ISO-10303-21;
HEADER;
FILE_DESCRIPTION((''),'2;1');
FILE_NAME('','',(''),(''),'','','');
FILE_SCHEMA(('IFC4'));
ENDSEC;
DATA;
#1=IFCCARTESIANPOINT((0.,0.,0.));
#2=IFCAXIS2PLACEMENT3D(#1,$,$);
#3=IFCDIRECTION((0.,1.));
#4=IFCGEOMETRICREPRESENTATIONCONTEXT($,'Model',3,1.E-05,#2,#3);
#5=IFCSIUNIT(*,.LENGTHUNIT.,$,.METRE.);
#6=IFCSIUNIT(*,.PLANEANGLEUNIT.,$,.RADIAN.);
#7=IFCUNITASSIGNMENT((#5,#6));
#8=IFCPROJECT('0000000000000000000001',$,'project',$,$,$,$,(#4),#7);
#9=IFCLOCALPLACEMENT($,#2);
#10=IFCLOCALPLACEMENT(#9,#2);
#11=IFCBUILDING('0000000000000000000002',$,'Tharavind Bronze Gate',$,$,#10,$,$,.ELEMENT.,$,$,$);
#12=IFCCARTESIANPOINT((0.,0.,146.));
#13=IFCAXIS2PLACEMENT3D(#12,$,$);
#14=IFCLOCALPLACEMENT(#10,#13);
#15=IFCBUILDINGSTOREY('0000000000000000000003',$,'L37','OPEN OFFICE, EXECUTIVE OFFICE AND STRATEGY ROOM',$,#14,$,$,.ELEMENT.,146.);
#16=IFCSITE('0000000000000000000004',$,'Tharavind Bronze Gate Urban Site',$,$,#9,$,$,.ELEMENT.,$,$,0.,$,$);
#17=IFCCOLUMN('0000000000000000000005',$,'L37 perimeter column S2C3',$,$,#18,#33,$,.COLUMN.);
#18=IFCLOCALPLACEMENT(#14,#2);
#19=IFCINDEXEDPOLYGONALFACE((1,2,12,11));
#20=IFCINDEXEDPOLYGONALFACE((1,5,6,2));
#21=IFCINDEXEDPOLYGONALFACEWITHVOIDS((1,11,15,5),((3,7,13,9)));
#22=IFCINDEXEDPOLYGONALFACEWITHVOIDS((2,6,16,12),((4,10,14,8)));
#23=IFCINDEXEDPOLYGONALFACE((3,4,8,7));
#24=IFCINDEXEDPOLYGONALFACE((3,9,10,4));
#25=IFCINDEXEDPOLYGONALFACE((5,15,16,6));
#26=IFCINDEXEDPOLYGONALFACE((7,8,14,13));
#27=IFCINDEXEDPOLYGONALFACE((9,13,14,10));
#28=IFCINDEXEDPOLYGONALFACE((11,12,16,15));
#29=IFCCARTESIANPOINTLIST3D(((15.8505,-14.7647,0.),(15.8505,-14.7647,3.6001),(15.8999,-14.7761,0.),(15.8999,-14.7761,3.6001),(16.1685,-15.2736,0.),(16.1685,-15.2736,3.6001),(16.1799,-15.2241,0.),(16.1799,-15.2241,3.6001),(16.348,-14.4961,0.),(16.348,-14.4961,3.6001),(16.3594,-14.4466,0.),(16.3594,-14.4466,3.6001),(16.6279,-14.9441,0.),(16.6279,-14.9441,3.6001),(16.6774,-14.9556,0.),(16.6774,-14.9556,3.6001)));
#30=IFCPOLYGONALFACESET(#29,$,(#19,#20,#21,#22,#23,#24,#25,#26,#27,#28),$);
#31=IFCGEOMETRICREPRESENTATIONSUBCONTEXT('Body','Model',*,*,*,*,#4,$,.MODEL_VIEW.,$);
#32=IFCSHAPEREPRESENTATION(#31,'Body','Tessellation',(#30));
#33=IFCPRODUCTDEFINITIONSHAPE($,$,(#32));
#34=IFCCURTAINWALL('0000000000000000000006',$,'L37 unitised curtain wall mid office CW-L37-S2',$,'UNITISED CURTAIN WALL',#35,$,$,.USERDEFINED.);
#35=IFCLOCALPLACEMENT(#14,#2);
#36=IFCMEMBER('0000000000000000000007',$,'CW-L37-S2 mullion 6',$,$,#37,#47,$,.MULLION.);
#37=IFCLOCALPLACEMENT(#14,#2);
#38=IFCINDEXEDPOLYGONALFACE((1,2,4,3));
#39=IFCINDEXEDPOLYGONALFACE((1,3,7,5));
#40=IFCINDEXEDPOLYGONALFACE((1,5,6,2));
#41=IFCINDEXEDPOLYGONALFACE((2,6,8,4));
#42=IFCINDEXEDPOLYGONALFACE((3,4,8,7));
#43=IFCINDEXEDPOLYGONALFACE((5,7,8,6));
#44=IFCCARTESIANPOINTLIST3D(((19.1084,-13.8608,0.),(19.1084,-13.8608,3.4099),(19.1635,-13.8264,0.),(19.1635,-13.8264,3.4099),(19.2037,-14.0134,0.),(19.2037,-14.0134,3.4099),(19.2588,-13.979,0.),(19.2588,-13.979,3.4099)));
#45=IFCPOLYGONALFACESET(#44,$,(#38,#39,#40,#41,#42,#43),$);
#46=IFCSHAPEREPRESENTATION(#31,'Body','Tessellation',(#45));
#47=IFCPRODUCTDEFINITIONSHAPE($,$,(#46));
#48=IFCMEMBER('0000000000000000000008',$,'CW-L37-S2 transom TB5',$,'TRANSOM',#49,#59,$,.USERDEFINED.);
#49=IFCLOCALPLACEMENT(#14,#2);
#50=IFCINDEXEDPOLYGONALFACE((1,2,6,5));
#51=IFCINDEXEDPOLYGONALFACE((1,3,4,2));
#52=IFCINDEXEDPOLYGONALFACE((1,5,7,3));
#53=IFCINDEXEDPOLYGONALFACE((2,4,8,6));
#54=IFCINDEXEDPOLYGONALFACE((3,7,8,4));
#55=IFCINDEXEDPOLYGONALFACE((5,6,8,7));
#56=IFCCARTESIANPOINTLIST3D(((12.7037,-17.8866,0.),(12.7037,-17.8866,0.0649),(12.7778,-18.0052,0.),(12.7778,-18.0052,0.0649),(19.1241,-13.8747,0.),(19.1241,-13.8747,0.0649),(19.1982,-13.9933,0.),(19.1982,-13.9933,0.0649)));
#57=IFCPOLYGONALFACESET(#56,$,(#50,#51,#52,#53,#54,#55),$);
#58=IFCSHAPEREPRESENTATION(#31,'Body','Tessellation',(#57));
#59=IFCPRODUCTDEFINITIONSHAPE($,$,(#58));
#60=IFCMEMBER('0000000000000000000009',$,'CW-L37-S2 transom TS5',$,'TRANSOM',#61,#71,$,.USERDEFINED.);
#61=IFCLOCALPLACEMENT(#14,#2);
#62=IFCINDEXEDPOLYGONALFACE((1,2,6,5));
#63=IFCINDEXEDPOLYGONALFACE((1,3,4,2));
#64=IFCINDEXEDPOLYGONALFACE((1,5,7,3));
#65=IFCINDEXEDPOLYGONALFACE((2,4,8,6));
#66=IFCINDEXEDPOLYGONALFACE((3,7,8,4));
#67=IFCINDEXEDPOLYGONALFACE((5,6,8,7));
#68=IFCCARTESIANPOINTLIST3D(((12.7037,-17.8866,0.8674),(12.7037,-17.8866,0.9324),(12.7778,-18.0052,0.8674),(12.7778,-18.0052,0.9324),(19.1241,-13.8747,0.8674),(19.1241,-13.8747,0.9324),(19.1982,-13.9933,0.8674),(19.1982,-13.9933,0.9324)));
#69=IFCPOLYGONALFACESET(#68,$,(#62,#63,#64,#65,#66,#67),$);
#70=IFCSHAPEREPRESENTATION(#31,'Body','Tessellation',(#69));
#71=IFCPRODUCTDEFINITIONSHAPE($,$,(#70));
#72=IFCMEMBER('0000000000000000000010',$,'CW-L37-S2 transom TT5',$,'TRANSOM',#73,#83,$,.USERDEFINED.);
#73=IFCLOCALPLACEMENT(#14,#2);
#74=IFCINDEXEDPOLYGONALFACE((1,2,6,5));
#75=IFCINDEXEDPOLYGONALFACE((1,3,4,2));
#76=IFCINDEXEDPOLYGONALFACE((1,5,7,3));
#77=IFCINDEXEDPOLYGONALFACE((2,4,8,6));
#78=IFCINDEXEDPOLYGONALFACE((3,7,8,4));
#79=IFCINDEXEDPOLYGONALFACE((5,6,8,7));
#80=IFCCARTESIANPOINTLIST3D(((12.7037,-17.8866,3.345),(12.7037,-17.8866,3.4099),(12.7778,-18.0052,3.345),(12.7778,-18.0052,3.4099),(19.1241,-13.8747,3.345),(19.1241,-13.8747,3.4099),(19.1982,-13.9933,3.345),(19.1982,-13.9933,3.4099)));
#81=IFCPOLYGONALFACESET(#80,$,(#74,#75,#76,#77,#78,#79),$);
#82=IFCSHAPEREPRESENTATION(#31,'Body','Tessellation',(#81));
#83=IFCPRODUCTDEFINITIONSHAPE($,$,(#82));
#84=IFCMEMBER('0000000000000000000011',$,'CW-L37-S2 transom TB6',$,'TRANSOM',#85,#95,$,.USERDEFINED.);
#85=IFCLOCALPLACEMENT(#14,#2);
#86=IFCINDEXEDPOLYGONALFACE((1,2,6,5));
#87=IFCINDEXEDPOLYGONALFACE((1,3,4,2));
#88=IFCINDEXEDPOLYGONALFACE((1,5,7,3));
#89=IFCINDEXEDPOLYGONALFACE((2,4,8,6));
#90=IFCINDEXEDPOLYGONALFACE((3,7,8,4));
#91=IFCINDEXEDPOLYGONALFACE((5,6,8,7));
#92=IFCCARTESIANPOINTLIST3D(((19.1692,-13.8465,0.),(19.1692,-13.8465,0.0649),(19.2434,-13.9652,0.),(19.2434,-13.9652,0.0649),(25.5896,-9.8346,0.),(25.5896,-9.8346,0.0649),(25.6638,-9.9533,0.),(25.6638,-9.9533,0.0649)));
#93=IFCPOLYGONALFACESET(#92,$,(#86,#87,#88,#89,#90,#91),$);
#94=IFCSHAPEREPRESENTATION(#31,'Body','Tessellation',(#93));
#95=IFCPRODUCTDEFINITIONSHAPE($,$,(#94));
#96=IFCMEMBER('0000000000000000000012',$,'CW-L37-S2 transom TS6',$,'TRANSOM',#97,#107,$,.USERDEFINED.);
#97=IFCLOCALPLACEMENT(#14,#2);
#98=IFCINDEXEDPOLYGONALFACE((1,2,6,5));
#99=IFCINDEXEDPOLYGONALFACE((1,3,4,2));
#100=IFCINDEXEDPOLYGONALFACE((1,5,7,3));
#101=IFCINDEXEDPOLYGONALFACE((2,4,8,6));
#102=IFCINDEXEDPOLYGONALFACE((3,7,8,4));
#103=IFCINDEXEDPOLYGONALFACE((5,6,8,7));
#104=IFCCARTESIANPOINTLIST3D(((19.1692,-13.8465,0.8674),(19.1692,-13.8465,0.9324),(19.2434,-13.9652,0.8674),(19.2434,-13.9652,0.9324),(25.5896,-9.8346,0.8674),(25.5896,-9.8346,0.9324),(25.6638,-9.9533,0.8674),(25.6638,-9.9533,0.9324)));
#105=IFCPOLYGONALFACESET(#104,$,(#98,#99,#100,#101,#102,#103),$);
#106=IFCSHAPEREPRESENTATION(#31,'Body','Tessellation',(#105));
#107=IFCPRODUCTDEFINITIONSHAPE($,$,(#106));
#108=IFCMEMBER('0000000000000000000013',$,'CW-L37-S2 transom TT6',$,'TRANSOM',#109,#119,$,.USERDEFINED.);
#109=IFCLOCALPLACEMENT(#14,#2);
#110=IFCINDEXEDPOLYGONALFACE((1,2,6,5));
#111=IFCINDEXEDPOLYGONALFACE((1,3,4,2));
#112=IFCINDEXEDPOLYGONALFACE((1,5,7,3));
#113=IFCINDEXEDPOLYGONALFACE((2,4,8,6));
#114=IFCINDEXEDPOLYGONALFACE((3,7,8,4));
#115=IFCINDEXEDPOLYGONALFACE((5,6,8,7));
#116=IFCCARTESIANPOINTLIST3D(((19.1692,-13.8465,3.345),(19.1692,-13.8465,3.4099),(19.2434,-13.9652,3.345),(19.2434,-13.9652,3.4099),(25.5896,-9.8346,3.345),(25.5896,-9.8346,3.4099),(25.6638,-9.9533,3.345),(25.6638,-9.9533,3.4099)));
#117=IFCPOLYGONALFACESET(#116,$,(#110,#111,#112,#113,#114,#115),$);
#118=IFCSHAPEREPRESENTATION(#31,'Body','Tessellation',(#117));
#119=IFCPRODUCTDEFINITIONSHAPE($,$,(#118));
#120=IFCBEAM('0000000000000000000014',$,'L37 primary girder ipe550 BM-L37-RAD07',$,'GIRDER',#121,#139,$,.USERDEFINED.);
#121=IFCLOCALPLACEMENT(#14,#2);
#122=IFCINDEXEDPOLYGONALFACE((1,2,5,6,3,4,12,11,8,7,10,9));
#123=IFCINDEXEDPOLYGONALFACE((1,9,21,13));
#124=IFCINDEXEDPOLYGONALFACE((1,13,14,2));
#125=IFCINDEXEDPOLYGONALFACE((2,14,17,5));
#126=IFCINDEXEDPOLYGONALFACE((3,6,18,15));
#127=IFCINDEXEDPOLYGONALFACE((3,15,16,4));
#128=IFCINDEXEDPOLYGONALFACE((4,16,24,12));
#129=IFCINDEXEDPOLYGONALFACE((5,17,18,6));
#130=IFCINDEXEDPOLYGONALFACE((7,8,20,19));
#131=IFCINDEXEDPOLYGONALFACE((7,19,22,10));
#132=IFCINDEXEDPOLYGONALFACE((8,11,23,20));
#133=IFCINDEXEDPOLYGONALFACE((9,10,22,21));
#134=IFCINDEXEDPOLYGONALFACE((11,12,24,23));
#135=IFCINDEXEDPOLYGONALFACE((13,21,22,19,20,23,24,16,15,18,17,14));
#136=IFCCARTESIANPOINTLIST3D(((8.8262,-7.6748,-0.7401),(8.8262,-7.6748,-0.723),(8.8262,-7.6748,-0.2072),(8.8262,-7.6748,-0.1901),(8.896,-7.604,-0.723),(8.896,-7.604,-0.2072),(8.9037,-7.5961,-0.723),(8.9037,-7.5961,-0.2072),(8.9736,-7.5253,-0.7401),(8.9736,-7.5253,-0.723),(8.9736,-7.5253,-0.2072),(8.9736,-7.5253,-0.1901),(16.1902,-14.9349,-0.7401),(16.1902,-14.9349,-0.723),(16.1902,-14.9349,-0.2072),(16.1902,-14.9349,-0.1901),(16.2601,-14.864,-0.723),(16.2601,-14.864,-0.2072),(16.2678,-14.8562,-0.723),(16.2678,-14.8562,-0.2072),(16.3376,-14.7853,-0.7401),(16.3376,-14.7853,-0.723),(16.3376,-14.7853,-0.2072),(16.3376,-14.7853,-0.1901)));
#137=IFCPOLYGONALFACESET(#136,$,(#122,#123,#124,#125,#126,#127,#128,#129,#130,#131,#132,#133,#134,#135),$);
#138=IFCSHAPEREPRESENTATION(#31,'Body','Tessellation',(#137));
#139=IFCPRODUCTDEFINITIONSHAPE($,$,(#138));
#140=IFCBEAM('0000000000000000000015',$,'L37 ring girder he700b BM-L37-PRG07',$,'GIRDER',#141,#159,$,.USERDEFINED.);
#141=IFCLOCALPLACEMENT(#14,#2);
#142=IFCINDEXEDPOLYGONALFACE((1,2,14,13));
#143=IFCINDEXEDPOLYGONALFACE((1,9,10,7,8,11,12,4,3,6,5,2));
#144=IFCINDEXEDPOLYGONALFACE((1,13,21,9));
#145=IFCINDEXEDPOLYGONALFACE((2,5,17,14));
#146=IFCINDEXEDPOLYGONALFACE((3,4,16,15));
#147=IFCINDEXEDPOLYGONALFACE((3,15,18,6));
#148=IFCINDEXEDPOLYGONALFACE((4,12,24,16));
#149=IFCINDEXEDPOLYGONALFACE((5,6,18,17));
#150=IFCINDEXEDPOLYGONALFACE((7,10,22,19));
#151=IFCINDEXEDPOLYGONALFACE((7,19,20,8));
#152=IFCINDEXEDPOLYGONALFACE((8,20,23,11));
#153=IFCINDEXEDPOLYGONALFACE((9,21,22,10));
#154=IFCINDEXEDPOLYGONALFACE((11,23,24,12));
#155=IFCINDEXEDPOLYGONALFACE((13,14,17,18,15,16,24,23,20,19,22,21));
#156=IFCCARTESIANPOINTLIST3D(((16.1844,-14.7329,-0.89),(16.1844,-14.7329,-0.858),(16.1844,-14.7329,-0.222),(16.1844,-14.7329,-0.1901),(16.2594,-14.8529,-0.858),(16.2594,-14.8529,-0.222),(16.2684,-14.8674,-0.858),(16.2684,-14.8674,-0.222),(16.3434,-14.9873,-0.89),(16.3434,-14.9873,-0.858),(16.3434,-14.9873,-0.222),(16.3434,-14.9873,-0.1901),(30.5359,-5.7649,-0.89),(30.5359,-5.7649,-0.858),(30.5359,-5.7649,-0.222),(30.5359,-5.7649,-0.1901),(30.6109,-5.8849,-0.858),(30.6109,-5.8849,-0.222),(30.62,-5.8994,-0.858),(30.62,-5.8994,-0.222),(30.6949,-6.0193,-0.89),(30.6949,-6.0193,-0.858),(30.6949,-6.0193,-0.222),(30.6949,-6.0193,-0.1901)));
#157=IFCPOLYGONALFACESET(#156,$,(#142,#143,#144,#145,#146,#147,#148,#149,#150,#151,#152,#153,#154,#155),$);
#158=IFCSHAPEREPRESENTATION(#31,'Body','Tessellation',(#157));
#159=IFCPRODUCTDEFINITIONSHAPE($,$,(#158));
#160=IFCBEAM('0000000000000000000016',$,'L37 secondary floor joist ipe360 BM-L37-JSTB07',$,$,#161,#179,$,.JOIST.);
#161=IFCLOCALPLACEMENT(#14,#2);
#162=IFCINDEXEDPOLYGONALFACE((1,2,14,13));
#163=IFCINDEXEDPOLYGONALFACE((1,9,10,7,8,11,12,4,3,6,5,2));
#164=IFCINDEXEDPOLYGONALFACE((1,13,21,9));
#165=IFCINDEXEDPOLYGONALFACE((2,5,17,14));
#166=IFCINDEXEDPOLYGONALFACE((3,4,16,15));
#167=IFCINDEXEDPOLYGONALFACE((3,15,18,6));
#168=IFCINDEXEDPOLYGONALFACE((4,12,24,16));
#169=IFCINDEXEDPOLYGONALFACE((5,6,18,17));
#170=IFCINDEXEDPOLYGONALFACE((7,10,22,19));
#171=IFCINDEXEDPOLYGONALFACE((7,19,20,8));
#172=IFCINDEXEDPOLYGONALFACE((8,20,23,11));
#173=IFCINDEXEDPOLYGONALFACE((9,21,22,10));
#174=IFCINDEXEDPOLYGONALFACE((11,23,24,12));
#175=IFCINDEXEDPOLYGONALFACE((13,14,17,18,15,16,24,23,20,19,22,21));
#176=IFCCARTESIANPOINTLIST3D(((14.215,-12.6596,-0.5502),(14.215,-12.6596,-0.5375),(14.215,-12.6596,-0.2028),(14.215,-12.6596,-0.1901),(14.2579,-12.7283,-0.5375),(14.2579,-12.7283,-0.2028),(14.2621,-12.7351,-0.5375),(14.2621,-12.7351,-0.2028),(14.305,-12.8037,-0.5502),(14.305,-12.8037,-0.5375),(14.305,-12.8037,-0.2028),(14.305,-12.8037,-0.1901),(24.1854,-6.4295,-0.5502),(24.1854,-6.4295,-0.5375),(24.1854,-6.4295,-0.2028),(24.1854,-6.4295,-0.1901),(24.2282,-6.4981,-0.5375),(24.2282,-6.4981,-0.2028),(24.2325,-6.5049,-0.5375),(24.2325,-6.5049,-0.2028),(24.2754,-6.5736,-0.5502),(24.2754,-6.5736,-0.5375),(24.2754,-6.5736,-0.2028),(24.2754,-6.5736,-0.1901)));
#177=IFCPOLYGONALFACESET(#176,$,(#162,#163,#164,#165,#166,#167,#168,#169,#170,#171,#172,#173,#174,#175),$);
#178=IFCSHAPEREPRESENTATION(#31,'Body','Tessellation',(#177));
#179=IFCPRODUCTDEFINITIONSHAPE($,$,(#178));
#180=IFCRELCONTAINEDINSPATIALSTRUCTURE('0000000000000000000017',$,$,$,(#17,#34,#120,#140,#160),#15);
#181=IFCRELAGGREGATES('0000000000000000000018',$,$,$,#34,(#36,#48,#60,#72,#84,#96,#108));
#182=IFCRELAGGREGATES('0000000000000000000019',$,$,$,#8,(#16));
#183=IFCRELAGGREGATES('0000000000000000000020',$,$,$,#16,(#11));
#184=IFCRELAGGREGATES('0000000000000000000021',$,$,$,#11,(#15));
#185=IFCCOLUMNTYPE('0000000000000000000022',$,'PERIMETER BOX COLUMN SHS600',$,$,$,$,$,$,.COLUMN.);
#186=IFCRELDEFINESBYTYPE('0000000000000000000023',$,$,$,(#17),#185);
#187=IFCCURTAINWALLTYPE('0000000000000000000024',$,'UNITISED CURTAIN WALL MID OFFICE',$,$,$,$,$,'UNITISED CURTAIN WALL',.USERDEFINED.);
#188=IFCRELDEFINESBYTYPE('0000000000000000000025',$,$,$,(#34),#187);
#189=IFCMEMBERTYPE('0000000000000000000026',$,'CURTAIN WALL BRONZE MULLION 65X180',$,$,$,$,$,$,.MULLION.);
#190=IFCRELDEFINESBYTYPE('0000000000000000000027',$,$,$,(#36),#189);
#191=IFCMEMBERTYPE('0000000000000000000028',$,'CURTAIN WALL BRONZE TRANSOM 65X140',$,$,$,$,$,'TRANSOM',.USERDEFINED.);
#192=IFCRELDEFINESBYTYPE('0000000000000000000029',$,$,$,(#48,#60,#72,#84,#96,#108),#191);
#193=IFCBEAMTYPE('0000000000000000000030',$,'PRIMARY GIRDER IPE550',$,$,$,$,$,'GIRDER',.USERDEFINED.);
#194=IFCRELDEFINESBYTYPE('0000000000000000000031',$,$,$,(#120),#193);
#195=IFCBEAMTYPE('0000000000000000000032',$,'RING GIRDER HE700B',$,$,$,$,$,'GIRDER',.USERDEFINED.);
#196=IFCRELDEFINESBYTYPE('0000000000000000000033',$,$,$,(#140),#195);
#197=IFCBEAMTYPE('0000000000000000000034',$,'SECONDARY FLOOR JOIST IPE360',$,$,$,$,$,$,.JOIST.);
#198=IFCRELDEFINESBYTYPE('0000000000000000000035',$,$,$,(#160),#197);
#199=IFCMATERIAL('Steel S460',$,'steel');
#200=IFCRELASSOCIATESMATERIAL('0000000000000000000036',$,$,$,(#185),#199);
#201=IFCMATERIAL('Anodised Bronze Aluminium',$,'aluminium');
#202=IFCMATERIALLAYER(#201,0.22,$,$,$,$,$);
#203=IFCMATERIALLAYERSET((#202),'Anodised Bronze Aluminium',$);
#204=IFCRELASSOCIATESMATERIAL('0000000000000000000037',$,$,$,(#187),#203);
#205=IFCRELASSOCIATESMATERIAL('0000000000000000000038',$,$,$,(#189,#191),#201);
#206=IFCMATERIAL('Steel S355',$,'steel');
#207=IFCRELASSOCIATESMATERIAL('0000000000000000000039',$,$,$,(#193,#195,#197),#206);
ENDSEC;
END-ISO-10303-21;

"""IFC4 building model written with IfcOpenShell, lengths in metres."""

from ifc_helpers import new_model, si_unit, direction, frame, origin, origin_2d, place, context, subcontext, project, spatial, rectangle, hollow_rectangle, i_section, extrude, material, layer, layer_set, material_profile, profile_set, type_object, element, aggregate, save


model = new_model("IFC4")

# Units and contexts
model_context = context("Model", 3, precision=1e-05, world=origin(), true_north=direction((0.0, 1.0)))
body_context = subcontext(model_context, "Body", "Model", "MODEL_VIEW")
ifc_project = project(units=[si_unit("LENGTHUNIT", "METRE"), si_unit("PLANEANGLEUNIT", "RADIAN")], contexts=[model_context])

# Site, building, storey
site_placement = place(None, origin())
site = spatial("IfcSite", under=ifc_project, at=site_placement, Name="Tharavind Bronze Gate Urban Site", CompositionType="ELEMENT", RefElevation=0.0)
building_placement = place(site_placement, origin())
building = spatial("IfcBuilding", under=site, at=building_placement, Name="Tharavind Bronze Gate", CompositionType="ELEMENT")
storey_placement = place(building_placement, frame((0.0, 0.0, 146.0)))
storey = spatial("IfcBuildingStorey", under=building, at=storey_placement, Name="L37", Description="OPEN OFFICE, EXECUTIVE OFFICE AND STRATEGY ROOM", CompositionType="ELEMENT", Elevation=146.0)

# Column
ifc_material_1 = material(Name="Steel S460", Category="steel")
ifc_material_profile_1 = material_profile(ifc_material_1, hollow_rectangle(XDim=0.6001, YDim=0.6001, WallThickness=0.0359, at=origin_2d()), Name="SHS600X36")
ifc_profile_set_1 = profile_set([ifc_material_profile_1], Name="Steel S460")
column_type = type_object("IfcColumnType", Name="PERIMETER BOX COLUMN SHS600", PredefinedType="COLUMN", material=ifc_profile_set_1)
column_placement = place(storey_placement, frame((16.2639, -14.8601, 0.0), z_axis=(0.0, 0.0, 1.0), x_axis=(0.848047, 0.529921, 0.0)))
element("IfcColumn", 1, at=column_placement, inside=storey, type_object=column_type, Name="L37 perimeter column S2C3", PredefinedType="COLUMN", context=body_context, shape_type="SweptSolid", body=[
    extrude(hollow_rectangle(XDim=0.6001, YDim=0.6001, WallThickness=0.0359, at=origin_2d()), origin(), (0.0, 0.0, 1.0), 3.6001),
])

# Curtain wall, members
ifc_material_2 = material(Name="Anodised Bronze Aluminium", Category="aluminium")
ifc_layer_1 = layer(ifc_material_2, 0.22)
ifc_layer_set_1 = layer_set([ifc_layer_1], Name="Anodised Bronze Aluminium")
curtain_wall_type = type_object("IfcCurtainWallType", Name="UNITISED CURTAIN WALL MID OFFICE", ElementType="UNITISED CURTAIN WALL", PredefinedType="USERDEFINED", material=ifc_layer_set_1)
curtain_wall_placement = place(storey_placement, origin())
curtain_wall = element("IfcCurtainWall", 2, at=curtain_wall_placement, inside=storey, type_object=curtain_wall_type, Name="L37 unitised curtain wall mid office CW-L37-S2", ObjectType="UNITISED CURTAIN WALL", PredefinedType="USERDEFINED")
member_type_1 = type_object("IfcMemberType", Name="CURTAIN WALL BRONZE MULLION 65X180", PredefinedType="MULLION", material=ifc_material_2)
member_1_placement = place(storey_placement, frame((19.1836, -13.9199, 0.0), z_axis=(0.0, 0.0, 1.0), x_axis=(0.848048, 0.529919, 0.0)))
member_1 = element("IfcMember", 3, at=member_1_placement, type_object=member_type_1, Name="CW-L37-S2 mullion 6", PredefinedType="MULLION", context=body_context, shape_type="SweptSolid", body=[
    extrude(rectangle(XDim=0.0649, YDim=0.1799, at=origin_2d()), origin(), (0.0, 0.0, 1.0), 3.4099),
])
member_type_2 = type_object("IfcMemberType", Name="CURTAIN WALL BRONZE TRANSOM 65X140", ElementType="TRANSOM", PredefinedType="USERDEFINED", material=ifc_material_2)
member_2_placement = place(storey_placement, frame((15.9509, -15.9399, 0.0), z_axis=(0.0, 0.0, 1.0), x_axis=(0.848048, 0.529919, 0.0)))
member_2 = element("IfcMember", 4, at=member_2_placement, type_object=member_type_2, Name="CW-L37-S2 transom TB5", ObjectType="TRANSOM", PredefinedType="USERDEFINED", context=body_context, shape_type="SweptSolid", body=[
    extrude(rectangle(XDim=7.5708, YDim=0.1399, at=origin_2d()), origin(), (0.0, 0.0, 1.0), 0.0649),
])
member_3_placement = place(storey_placement, frame((15.9509, -15.9399, 0.8674), z_axis=(0.0, 0.0, 1.0), x_axis=(0.848048, 0.529919, 0.0)))
member_3 = element("IfcMember", 5, at=member_3_placement, type_object=member_type_2, Name="CW-L37-S2 transom TS5", ObjectType="TRANSOM", PredefinedType="USERDEFINED", context=body_context, shape_type="SweptSolid", body=[
    extrude(rectangle(XDim=7.5708, YDim=0.1399, at=origin_2d()), origin(), (0.0, 0.0, 1.0), 0.0649),
])
member_4_placement = place(storey_placement, frame((15.9509, -15.9399, 3.345), z_axis=(0.0, 0.0, 1.0), x_axis=(0.848048, 0.529919, 0.0)))
member_4 = element("IfcMember", 6, at=member_4_placement, type_object=member_type_2, Name="CW-L37-S2 transom TT5", ObjectType="TRANSOM", PredefinedType="USERDEFINED", context=body_context, shape_type="SweptSolid", body=[
    extrude(rectangle(XDim=7.5708, YDim=0.1399, at=origin_2d()), origin(), (0.0, 0.0, 1.0), 0.0649),
])
member_5_placement = place(storey_placement, frame((22.4165, -11.8999, 0.0), z_axis=(0.0, 0.0, 1.0), x_axis=(0.848048, 0.529919, 0.0)))
member_5 = element("IfcMember", 7, at=member_5_placement, type_object=member_type_2, Name="CW-L37-S2 transom TB6", ObjectType="TRANSOM", PredefinedType="USERDEFINED", context=body_context, shape_type="SweptSolid", body=[
    extrude(rectangle(XDim=7.5708, YDim=0.1399, at=origin_2d()), origin(), (0.0, 0.0, 1.0), 0.0649),
])
member_6_placement = place(storey_placement, frame((22.4165, -11.8999, 0.8674), z_axis=(0.0, 0.0, 1.0), x_axis=(0.848048, 0.529919, 0.0)))
member_6 = element("IfcMember", 8, at=member_6_placement, type_object=member_type_2, Name="CW-L37-S2 transom TS6", ObjectType="TRANSOM", PredefinedType="USERDEFINED", context=body_context, shape_type="SweptSolid", body=[
    extrude(rectangle(XDim=7.5708, YDim=0.1399, at=origin_2d()), origin(), (0.0, 0.0, 1.0), 0.0649),
])
member_7_placement = place(storey_placement, frame((22.4165, -11.8999, 3.345), z_axis=(0.0, 0.0, 1.0), x_axis=(0.848048, 0.529919, 0.0)))
member_7 = element("IfcMember", 9, at=member_7_placement, type_object=member_type_2, Name="CW-L37-S2 transom TT6", ObjectType="TRANSOM", PredefinedType="USERDEFINED", context=body_context, shape_type="SweptSolid", body=[
    extrude(rectangle(XDim=7.5708, YDim=0.1399, at=origin_2d()), origin(), (0.0, 0.0, 1.0), 0.0649),
])

# Beams
ifc_material_3 = material(Name="Steel S355", Category="steel")
ifc_material_profile_2 = material_profile(ifc_material_3, i_section(OverallWidth=0.21, OverallDepth=0.55, WebThickness=0.011, FlangeThickness=0.0171, at=origin_2d()), Name="IPE550")
ifc_profile_set_2 = profile_set([ifc_material_profile_2], Name="Steel S355")
beam_type_1 = type_object("IfcBeamType", Name="PRIMARY GIRDER IPE550", ElementType="GIRDER", PredefinedType="USERDEFINED", material=ifc_profile_set_2)
beam_1_placement = place(storey_placement, frame((16.2639, -14.8601, -0.4651), z_axis=(-0.712118, 0.70206, 0.0), x_axis=(-0.70206, -0.712118, 0.0)))
element("IfcBeam", 10, at=beam_1_placement, inside=storey, type_object=beam_type_1, Name="L37 primary girder ipe550 BM-L37-RAD07", ObjectType="GIRDER", PredefinedType="USERDEFINED", context=body_context, shape_type="SweptSolid", body=[
    extrude(i_section(OverallWidth=0.21, OverallDepth=0.55, WebThickness=0.011, FlangeThickness=0.0171, at=origin_2d()), origin(), (0.0, 0.0, 1.0), 10.3411),
])
ifc_material_profile_3 = material_profile(ifc_material_3, i_section(OverallWidth=0.3, OverallDepth=0.7, WebThickness=0.0171, FlangeThickness=0.032, at=origin_2d()), Name="HE700B")
ifc_profile_set_3 = profile_set([ifc_material_profile_3], Name="Steel S355")
beam_type_2 = type_object("IfcBeamType", Name="RING GIRDER HE700B", ElementType="GIRDER", PredefinedType="USERDEFINED", material=ifc_profile_set_3)
beam_2_placement = place(storey_placement, frame((16.2639, -14.8601, -0.54), z_axis=(0.848044, 0.529926, 0.0), x_axis=(-0.529926, 0.848044, 0.0)))
element("IfcBeam", 11, at=beam_2_placement, inside=storey, type_object=beam_type_2, Name="L37 ring girder he700b BM-L37-PRG07", ObjectType="GIRDER", PredefinedType="USERDEFINED", context=body_context, shape_type="SweptSolid", body=[
    extrude(i_section(OverallWidth=0.3, OverallDepth=0.7, WebThickness=0.0171, FlangeThickness=0.032, at=origin_2d()), origin(), (0.0, 0.0, 1.0), 16.9231),
])
ifc_material_profile_4 = material_profile(ifc_material_3, i_section(OverallWidth=0.1699, OverallDepth=0.3601, WebThickness=0.0081, FlangeThickness=0.0127, at=origin_2d()), Name="IPE360")
ifc_profile_set_4 = profile_set([ifc_material_profile_4], Name="Steel S355")
beam_type_3 = type_object("IfcBeamType", Name="SECONDARY FLOOR JOIST IPE360", PredefinedType="JOIST", material=ifc_profile_set_4)
beam_3_placement = place(storey_placement, frame((14.26, -12.7317, -0.3701), z_axis=(0.848048, 0.529919, 0.0), x_axis=(-0.529919, 0.848048, 0.0)))
element("IfcBeam", 12, at=beam_3_placement, inside=storey, type_object=beam_type_3, Name="L37 secondary floor joist ipe360 BM-L37-JSTB07", PredefinedType="JOIST", context=body_context, shape_type="SweptSolid", body=[
    extrude(i_section(OverallWidth=0.1699, OverallDepth=0.3601, WebThickness=0.0081, FlangeThickness=0.0127, at=origin_2d()), origin(), (0.0, 0.0, 1.0), 11.7568),
])

aggregate(curtain_wall, [member_1, member_2, member_3, member_4, member_5, member_6, member_7])

save(model, "model.ifc")
